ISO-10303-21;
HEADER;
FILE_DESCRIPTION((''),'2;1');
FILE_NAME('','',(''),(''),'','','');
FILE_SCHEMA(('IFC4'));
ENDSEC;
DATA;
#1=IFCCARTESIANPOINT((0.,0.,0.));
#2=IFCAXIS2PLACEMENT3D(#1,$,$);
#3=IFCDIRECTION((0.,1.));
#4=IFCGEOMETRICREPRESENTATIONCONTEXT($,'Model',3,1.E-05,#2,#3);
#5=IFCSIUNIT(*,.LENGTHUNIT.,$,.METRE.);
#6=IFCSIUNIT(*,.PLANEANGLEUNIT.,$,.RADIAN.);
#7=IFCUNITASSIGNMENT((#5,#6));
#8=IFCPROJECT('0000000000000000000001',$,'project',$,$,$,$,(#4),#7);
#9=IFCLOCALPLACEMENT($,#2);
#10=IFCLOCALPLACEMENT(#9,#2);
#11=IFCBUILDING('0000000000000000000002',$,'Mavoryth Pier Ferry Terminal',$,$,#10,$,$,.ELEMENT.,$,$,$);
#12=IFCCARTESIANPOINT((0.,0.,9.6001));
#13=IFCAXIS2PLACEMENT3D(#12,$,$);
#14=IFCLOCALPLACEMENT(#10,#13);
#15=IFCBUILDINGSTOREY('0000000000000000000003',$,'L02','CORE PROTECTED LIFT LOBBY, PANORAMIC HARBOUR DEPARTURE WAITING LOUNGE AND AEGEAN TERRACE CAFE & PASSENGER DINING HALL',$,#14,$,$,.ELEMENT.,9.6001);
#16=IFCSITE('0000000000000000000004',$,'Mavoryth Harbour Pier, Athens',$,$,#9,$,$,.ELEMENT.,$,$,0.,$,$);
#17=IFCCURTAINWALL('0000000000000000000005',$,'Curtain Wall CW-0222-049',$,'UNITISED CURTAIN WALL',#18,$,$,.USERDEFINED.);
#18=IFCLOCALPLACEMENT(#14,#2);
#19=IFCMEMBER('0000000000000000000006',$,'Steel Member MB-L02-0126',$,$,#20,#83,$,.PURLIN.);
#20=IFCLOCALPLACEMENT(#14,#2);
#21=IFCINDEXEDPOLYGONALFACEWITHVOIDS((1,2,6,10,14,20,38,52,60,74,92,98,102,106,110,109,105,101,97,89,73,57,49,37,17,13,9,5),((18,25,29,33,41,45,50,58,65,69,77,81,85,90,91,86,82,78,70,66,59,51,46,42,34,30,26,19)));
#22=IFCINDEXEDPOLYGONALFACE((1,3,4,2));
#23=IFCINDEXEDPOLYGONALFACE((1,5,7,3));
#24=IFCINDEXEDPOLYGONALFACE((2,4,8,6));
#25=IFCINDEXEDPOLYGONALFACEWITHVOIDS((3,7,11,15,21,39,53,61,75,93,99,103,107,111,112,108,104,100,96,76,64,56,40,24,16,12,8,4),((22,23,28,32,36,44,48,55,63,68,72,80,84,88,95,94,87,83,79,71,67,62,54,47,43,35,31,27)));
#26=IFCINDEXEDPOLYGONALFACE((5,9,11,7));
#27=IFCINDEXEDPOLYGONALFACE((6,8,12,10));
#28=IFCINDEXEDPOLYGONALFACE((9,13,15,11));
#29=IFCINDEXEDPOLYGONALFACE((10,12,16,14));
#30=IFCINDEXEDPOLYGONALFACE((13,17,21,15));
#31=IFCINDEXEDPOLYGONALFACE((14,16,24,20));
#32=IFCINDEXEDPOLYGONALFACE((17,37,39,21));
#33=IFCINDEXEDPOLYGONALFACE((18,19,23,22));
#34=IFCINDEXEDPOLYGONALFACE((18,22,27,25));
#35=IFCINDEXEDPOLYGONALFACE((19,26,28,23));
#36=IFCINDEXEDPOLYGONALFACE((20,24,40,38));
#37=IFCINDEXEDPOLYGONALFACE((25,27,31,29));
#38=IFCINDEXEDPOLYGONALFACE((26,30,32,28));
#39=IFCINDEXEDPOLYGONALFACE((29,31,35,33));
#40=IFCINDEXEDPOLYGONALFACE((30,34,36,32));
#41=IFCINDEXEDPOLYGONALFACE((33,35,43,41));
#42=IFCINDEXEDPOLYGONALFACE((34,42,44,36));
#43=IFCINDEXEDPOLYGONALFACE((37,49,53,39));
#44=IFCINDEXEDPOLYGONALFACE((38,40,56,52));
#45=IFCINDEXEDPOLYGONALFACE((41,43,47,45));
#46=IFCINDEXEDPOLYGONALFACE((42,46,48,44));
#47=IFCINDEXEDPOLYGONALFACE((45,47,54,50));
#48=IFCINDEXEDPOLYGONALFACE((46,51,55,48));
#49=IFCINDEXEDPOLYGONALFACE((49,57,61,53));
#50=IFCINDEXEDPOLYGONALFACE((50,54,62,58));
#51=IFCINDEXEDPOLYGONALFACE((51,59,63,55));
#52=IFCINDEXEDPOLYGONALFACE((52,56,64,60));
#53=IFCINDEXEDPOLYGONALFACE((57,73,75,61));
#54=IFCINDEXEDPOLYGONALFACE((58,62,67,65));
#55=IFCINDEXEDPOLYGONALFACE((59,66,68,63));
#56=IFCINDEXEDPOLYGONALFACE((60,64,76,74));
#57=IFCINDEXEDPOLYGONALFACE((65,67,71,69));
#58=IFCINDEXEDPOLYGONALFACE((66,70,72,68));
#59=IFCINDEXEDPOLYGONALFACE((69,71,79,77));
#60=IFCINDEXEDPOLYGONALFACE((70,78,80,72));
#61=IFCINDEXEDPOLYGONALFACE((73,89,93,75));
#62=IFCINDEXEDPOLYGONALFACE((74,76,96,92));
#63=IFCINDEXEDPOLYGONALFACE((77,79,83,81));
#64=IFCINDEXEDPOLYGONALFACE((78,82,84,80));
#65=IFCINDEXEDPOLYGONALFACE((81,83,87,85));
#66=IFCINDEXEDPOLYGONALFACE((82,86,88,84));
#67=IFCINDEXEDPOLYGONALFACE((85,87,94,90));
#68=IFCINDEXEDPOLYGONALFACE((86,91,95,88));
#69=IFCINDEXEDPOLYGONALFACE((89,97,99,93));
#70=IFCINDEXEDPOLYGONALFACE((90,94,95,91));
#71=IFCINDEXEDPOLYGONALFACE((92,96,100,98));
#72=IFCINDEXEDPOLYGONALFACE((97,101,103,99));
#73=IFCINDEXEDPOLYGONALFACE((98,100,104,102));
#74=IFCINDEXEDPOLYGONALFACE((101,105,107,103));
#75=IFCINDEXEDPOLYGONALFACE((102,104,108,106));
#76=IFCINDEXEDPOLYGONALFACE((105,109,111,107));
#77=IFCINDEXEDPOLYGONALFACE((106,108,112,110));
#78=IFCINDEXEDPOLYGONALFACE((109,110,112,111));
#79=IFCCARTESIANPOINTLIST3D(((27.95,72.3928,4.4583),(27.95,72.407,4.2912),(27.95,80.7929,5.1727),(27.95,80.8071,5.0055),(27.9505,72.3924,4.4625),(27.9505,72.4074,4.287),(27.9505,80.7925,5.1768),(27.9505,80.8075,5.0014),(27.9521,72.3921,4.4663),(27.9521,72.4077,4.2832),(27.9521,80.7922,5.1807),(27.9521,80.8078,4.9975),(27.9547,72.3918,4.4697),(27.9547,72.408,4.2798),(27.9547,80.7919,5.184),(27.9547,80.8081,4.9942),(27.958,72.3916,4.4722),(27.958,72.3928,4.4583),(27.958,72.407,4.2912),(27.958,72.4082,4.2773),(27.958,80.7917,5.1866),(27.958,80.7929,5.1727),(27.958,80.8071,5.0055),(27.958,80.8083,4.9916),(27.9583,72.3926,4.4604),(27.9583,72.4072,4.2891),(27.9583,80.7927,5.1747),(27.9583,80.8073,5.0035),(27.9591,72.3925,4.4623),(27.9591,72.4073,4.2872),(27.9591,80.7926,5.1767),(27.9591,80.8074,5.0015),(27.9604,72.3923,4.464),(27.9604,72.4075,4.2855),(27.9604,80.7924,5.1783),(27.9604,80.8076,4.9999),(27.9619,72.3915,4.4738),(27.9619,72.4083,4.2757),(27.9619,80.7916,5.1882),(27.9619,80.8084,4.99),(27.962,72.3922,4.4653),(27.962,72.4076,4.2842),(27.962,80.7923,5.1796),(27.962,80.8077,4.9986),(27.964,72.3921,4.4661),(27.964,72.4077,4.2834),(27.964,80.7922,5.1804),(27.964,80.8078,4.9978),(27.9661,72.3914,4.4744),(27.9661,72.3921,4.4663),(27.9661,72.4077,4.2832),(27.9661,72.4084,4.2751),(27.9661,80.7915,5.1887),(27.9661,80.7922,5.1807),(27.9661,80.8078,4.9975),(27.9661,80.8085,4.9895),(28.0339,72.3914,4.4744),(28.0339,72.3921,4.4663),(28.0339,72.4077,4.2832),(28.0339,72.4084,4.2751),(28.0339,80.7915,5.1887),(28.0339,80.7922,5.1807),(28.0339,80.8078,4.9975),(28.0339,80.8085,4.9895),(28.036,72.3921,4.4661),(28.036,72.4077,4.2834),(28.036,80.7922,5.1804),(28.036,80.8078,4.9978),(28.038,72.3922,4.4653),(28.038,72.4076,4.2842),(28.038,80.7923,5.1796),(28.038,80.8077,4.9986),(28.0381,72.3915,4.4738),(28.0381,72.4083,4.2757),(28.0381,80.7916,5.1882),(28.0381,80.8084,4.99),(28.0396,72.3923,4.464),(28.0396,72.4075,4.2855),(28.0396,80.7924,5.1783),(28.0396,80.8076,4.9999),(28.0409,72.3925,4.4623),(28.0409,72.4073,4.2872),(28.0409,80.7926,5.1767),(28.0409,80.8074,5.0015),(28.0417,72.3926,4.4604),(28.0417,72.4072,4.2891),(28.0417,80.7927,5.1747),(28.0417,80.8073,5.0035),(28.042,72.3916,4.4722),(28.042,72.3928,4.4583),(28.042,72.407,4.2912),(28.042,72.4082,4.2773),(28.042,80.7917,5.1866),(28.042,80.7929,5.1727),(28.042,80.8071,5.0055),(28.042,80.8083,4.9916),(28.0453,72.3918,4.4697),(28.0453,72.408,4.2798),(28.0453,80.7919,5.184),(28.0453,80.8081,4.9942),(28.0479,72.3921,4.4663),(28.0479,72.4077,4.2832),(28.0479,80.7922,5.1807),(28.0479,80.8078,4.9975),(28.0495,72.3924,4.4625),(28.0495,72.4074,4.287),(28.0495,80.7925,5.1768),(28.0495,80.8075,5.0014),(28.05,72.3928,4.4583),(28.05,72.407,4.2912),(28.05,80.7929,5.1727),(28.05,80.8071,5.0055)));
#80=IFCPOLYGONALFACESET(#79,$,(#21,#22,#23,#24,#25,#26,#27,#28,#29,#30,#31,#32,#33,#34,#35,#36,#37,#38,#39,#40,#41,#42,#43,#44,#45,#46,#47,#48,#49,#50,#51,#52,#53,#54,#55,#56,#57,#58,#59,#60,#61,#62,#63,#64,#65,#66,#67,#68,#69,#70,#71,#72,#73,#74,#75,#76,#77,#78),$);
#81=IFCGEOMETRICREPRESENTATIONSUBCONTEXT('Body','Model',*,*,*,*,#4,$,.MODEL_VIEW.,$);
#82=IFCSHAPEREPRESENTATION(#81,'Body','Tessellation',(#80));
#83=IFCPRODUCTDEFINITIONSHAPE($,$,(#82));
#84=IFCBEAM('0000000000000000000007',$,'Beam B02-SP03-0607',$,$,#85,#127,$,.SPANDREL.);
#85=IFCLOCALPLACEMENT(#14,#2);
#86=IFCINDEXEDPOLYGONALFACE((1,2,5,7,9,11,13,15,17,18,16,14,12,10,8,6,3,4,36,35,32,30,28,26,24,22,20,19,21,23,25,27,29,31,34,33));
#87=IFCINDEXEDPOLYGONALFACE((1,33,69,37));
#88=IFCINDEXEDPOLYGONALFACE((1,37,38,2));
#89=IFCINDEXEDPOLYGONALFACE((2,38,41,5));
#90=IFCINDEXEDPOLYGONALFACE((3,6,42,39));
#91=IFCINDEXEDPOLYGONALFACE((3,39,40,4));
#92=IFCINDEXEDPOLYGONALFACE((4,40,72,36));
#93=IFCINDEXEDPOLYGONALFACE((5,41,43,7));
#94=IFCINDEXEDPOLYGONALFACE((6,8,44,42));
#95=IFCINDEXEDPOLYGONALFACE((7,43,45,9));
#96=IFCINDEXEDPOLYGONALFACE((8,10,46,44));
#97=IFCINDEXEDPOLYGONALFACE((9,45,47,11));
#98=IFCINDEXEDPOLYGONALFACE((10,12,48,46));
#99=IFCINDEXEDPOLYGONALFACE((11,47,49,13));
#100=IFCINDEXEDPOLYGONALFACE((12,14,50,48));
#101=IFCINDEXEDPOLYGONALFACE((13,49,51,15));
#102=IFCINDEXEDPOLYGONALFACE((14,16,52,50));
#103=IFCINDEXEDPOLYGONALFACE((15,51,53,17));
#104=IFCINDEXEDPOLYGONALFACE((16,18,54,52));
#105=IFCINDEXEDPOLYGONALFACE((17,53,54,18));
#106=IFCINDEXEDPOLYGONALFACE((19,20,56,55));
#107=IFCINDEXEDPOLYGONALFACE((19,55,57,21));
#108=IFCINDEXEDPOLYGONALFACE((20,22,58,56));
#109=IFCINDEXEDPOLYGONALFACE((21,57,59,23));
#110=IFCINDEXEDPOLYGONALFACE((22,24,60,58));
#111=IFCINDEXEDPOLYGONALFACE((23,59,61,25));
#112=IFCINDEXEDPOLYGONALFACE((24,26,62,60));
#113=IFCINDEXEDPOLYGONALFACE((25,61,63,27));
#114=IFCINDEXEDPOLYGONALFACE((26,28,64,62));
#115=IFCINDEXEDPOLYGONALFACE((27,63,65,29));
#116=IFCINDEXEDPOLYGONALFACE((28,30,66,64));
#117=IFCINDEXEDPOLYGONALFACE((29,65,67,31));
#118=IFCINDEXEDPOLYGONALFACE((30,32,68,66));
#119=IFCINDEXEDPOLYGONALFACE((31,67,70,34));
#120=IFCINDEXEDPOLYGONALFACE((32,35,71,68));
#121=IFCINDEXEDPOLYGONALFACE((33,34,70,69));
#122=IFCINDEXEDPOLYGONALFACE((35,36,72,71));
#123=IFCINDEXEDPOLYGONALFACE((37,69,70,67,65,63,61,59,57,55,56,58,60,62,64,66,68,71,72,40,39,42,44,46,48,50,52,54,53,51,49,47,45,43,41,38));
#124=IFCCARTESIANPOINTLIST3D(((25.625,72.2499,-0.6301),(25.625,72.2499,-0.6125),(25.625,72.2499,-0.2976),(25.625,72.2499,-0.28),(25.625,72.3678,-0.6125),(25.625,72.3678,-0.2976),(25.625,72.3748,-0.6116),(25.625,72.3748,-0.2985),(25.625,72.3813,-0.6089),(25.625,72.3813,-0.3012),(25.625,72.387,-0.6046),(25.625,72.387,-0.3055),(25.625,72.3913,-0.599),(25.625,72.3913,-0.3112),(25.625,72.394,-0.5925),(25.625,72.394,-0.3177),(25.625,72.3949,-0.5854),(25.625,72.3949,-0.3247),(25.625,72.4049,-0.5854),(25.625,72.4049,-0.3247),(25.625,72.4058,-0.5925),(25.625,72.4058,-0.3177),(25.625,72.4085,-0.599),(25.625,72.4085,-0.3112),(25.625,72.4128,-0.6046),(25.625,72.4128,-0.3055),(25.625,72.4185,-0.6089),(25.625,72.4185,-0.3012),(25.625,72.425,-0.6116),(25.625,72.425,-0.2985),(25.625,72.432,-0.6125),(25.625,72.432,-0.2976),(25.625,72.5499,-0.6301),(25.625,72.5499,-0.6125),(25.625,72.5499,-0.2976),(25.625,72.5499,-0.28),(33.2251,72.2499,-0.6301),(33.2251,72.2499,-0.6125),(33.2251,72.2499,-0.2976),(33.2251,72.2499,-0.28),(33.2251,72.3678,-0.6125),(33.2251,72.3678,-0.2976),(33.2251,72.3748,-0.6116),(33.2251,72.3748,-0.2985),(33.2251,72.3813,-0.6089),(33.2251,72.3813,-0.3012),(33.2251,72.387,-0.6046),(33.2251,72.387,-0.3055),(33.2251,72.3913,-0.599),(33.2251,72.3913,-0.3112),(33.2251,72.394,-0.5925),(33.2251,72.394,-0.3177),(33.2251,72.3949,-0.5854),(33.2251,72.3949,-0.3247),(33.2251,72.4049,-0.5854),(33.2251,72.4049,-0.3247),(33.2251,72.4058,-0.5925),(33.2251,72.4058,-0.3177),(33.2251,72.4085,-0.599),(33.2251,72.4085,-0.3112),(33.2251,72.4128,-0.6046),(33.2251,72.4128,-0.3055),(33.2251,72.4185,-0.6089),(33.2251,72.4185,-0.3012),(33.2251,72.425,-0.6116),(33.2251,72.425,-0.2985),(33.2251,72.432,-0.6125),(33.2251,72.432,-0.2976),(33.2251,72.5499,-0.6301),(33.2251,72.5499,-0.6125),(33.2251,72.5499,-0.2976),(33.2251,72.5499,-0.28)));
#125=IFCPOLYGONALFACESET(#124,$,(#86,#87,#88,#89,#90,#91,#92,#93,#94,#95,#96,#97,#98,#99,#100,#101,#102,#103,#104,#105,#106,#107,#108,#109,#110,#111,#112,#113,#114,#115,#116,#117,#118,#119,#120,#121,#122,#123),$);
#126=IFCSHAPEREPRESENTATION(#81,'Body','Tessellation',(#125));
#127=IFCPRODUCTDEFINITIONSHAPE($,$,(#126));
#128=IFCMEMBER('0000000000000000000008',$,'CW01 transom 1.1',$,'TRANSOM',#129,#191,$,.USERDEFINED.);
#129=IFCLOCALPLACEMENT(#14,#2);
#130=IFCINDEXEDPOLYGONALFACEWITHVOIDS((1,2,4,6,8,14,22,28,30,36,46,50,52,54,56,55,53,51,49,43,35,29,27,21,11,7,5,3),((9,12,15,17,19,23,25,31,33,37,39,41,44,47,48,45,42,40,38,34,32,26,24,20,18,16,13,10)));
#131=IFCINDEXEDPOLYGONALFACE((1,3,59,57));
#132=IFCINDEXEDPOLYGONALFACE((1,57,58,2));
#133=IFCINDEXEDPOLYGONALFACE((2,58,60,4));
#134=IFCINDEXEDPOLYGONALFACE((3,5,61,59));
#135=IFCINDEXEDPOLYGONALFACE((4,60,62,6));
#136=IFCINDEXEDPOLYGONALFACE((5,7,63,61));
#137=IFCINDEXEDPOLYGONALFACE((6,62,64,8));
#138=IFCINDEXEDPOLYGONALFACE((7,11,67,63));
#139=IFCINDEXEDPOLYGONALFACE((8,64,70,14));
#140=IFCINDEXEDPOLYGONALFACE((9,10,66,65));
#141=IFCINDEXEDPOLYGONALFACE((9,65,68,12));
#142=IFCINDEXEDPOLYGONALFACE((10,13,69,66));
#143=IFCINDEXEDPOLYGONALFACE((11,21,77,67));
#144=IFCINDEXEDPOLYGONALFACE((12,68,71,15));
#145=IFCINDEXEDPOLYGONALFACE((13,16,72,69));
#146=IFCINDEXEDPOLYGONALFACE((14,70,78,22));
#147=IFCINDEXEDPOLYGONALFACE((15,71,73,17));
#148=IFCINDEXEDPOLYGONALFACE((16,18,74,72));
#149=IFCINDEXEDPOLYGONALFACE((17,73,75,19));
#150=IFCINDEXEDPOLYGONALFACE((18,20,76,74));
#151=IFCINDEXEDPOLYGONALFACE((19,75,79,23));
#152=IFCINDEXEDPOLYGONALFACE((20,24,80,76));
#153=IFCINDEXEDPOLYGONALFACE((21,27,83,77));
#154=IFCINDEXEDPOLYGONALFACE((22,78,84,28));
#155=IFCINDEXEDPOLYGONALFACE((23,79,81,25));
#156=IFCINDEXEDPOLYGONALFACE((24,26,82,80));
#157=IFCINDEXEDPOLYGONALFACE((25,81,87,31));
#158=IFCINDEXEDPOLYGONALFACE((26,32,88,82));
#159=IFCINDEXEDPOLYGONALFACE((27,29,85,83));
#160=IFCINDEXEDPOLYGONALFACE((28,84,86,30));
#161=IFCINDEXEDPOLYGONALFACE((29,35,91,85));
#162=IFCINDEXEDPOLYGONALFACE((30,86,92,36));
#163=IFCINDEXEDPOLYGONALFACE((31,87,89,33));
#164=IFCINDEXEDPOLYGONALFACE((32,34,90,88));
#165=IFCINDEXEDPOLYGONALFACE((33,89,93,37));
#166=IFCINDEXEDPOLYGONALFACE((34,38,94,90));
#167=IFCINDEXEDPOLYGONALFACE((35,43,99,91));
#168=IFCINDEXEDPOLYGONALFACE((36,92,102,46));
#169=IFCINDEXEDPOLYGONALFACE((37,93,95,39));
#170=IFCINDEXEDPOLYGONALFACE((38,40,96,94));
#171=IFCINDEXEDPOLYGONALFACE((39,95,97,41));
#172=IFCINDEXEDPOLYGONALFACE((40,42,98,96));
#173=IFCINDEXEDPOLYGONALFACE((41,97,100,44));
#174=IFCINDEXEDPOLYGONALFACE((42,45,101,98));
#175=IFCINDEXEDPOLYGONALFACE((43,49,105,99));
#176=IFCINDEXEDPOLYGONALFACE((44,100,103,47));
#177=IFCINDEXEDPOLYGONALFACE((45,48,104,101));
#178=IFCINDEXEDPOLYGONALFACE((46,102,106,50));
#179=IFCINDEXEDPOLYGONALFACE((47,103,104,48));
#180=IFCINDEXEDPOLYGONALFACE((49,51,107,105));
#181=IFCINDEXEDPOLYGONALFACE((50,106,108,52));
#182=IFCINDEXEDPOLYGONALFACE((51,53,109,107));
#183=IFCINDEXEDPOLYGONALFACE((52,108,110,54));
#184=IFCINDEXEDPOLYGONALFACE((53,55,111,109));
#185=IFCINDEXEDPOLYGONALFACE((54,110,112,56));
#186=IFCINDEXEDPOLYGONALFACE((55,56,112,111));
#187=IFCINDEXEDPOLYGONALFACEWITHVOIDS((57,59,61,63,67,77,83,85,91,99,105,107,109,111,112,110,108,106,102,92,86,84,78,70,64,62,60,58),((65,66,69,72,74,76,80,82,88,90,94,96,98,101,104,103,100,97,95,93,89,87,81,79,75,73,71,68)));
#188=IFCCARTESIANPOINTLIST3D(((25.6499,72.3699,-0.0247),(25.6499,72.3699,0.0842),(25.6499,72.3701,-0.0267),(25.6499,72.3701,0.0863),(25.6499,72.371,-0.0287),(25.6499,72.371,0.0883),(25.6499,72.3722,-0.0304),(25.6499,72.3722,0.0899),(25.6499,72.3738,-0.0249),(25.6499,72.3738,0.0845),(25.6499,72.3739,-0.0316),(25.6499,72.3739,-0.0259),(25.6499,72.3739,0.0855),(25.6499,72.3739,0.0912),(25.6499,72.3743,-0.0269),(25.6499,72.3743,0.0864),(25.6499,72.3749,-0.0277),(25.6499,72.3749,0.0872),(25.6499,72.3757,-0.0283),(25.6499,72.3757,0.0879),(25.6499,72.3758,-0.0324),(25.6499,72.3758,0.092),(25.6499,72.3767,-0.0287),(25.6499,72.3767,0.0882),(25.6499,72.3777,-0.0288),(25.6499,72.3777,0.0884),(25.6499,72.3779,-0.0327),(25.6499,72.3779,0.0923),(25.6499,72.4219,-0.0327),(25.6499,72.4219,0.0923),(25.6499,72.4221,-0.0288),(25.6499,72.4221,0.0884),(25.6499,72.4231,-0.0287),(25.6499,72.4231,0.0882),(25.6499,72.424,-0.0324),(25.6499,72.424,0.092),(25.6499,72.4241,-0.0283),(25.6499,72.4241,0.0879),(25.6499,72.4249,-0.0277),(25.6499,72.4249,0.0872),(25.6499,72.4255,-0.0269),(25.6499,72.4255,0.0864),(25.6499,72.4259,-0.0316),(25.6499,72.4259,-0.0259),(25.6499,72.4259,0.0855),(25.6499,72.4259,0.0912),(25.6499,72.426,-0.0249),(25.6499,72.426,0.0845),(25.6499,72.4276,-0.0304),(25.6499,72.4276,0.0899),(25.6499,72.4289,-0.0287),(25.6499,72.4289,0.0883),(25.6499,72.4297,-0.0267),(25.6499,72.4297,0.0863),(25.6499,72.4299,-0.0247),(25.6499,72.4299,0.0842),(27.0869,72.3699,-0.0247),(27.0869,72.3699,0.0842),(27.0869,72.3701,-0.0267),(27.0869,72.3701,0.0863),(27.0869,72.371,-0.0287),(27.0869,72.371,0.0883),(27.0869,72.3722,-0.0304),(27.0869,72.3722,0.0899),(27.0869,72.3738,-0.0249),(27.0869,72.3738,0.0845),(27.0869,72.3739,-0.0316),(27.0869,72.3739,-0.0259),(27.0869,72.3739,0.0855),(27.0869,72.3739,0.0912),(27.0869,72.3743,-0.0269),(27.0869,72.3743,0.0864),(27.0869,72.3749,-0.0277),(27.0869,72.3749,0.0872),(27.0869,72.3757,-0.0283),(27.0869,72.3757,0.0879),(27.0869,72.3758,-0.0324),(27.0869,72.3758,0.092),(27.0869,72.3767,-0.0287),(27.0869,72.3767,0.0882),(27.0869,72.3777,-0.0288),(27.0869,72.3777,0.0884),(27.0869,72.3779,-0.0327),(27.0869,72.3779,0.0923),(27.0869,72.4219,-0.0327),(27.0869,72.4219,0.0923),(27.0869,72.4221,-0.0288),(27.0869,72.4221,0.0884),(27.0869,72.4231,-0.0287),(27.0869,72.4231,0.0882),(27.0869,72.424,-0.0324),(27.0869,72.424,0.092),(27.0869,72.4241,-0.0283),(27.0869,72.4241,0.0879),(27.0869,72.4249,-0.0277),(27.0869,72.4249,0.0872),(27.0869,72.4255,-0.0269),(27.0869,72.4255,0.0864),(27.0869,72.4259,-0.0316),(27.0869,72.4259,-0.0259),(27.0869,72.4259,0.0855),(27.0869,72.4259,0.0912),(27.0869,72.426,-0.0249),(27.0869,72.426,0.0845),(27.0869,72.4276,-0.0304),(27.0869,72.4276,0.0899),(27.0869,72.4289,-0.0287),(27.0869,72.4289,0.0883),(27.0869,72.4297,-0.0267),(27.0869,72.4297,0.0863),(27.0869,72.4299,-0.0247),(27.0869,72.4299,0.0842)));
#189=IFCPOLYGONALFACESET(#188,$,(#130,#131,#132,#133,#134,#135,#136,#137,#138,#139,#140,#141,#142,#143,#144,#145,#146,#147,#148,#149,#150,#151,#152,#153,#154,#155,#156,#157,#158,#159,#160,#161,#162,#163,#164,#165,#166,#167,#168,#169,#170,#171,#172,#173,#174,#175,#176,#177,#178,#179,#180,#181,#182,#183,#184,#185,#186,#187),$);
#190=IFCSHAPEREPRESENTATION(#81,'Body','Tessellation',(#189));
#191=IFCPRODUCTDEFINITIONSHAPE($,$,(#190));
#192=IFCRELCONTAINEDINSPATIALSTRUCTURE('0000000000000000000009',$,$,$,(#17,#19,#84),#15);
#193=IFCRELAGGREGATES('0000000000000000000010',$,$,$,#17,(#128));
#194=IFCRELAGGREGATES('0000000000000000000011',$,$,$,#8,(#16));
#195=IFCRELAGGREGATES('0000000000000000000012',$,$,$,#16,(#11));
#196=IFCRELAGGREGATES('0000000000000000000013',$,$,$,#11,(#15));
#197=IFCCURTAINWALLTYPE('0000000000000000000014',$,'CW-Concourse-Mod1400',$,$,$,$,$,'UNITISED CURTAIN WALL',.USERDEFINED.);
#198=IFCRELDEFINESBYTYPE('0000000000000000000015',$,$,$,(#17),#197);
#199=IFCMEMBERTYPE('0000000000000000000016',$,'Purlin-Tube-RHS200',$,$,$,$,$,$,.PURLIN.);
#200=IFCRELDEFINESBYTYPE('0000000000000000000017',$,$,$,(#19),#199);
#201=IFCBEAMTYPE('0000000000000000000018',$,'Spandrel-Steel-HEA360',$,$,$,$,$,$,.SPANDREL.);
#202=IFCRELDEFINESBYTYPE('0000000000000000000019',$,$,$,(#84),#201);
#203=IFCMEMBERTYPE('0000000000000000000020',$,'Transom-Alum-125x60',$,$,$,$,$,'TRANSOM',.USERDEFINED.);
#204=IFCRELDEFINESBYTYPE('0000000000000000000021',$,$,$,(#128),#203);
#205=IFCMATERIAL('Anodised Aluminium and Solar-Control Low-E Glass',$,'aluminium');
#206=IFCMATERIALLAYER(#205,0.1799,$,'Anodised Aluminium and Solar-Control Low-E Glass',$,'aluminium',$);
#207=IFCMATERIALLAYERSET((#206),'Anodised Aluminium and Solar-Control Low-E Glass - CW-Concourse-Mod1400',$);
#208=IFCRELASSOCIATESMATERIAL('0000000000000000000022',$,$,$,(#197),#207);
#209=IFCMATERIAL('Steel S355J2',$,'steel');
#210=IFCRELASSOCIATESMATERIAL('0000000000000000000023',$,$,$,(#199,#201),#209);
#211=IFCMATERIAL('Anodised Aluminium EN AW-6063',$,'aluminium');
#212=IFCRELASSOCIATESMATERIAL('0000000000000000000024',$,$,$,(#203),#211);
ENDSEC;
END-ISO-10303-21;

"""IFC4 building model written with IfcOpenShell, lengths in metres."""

from ifc_helpers import new_model, si_unit, direction, frame, origin, origin_2d, place, context, subcontext, project, spatial, hollow_rectangle, i_section, extrude, material, layer, layer_set, material_profile, profile_set, type_object, element, aggregate, save


model = new_model("IFC4")

# Units and contexts
model_context = context("Model", 3, precision=1e-05, world=origin(), true_north=direction((0.0, 1.0)))
body_context = subcontext(model_context, "Body", "Model", "MODEL_VIEW")
ifc_project = project(units=[si_unit("LENGTHUNIT", "METRE"), si_unit("PLANEANGLEUNIT", "RADIAN")], contexts=[model_context])

# Site, building, storey
site_placement = place(None, origin())
site = spatial("IfcSite", under=ifc_project, at=site_placement, Name="Mavoryth Harbour Pier, Athens", CompositionType="ELEMENT", RefElevation=0.0)
building_placement = place(site_placement, origin())
building = spatial("IfcBuilding", under=site, at=building_placement, Name="Mavoryth Pier Ferry Terminal", CompositionType="ELEMENT")
storey_placement = place(building_placement, frame((0.0, 0.0, 9.6001)))
storey = spatial("IfcBuildingStorey", under=building, at=storey_placement, Name="L02", Description="CORE PROTECTED LIFT LOBBY, PANORAMIC HARBOUR DEPARTURE WAITING LOUNGE AND AEGEAN TERRACE CAFE & PASSENGER DINING HALL", CompositionType="ELEMENT", Elevation=9.6001)

# Shared definitions
ifc_material_1 = material(Name="Steel S355J2", Category="steel")

# Shared definitions
ifc_material_2 = material(Name="Anodised Aluminium and Solar-Control Low-E Glass", Category="aluminium")
ifc_layer_1 = layer(ifc_material_2, 0.1799, Name="Anodised Aluminium and Solar-Control Low-E Glass", Category="aluminium")
ifc_layer_set_1 = layer_set([ifc_layer_1], Name="Anodised Aluminium and Solar-Control Low-E Glass - CW-Concourse-Mod1400")
curtain_wall_type = type_object("IfcCurtainWallType", Name="CW-Concourse-Mod1400", ElementType="UNITISED CURTAIN WALL", PredefinedType="USERDEFINED", material=ifc_layer_set_1)
ifc_material_3 = material(Name="Anodised Aluminium EN AW-6063", Category="aluminium")

# Curtain wall
curtain_wall_1_placement = place(storey_placement, origin())
curtain_wall_1 = element("IfcCurtainWall", 1, at=curtain_wall_1_placement, inside=storey, type_object=curtain_wall_type, Name="Curtain Wall CW-0222-049", ObjectType="UNITISED CURTAIN WALL", PredefinedType="USERDEFINED")

# Member
ifc_material_profile_1 = material_profile(ifc_material_1, hollow_rectangle(XDim=0.1001, YDim=0.2, WallThickness=0.0081, InnerFilletRadius=0.0081, OuterFilletRadius=0.0161, at=origin_2d()), Name="RHS 200x100x8.0", Category="steel")
ifc_profile_set_1 = profile_set([ifc_material_profile_1], Name="Steel S355J2 - RHS 200x100x8.0")
member_type_1 = type_object("IfcMemberType", Name="Purlin-Tube-RHS200", PredefinedType="PURLIN", material=ifc_profile_set_1)
member_1_placement = place(storey_placement, frame((28.0, 72.3999, 4.3748), z_axis=(0.0, 0.996404, 0.084735), x_axis=(-1.0, 0.0, 0.0)))
element("IfcMember", 2, at=member_1_placement, inside=storey, type_object=member_type_1, Name="Steel Member MB-L02-0126", PredefinedType="PURLIN", context=body_context, shape_type="SweptSolid", body=[
    extrude(hollow_rectangle(XDim=0.1001, YDim=0.2, WallThickness=0.0081, InnerFilletRadius=0.0081, OuterFilletRadius=0.0161, at=origin_2d()), origin(), (0.0, 0.0, 1.0), 8.4304),
])

# Beam
ifc_material_profile_2 = material_profile(ifc_material_1, i_section(OverallWidth=0.3, OverallDepth=0.3501, WebThickness=0.01, FlangeThickness=0.0176, FilletRadius=0.0271, at=origin_2d()), Name="HEA 360", Category="steel")
ifc_profile_set_2 = profile_set([ifc_material_profile_2], Name="Steel S355J2 - HEA 360")
beam_type_1 = type_object("IfcBeamType", Name="Spandrel-Steel-HEA360", PredefinedType="SPANDREL", material=ifc_profile_set_2)
beam_1_placement = place(storey_placement, frame((25.625, 72.3999, -0.4551), z_axis=(1.0, 0.0, 0.0), x_axis=(0.0, 1.0, 0.0)))
element("IfcBeam", 3, at=beam_1_placement, inside=storey, type_object=beam_type_1, Name="Beam B02-SP03-0607", PredefinedType="SPANDREL", context=body_context, shape_type="SweptSolid", body=[
    extrude(i_section(OverallWidth=0.3, OverallDepth=0.3501, WebThickness=0.01, FlangeThickness=0.0176, FilletRadius=0.0271, at=origin_2d()), origin(), (0.0, 0.0, 1.0), 7.6001),
])

# Member
ifc_material_profile_3 = material_profile(ifc_material_3, hollow_rectangle(XDim=0.0601, YDim=0.125, WallThickness=0.0039, InnerFilletRadius=0.0039, OuterFilletRadius=0.0081, at=origin_2d()), Name="AL-TRAN 125x60x4", Category="aluminium")
ifc_profile_set_3 = profile_set([ifc_material_profile_3], Name="Anodised Aluminium EN AW-6063 - AL-TRAN 125x60x4")
member_type_2 = type_object("IfcMemberType", Name="Transom-Alum-125x60", ElementType="TRANSOM", PredefinedType="USERDEFINED", material=ifc_profile_set_3)
member_2_placement = place(storey_placement, frame((25.6499, 72.3999, 0.0298), z_axis=(1.0, 0.0, 0.0), x_axis=(0.0, 1.0, 0.0)))
member_2 = element("IfcMember", 4, at=member_2_placement, type_object=member_type_2, Name="CW01 transom 1.1", ObjectType="TRANSOM", PredefinedType="USERDEFINED", context=body_context, shape_type="SweptSolid", body=[
    extrude(hollow_rectangle(XDim=0.0601, YDim=0.125, WallThickness=0.0039, InnerFilletRadius=0.0039, OuterFilletRadius=0.0081, at=origin_2d()), origin(), (0.0, 0.0, 1.0), 1.437),
])

aggregate(curtain_wall_1, [member_2])

save(model, "model.ifc")
